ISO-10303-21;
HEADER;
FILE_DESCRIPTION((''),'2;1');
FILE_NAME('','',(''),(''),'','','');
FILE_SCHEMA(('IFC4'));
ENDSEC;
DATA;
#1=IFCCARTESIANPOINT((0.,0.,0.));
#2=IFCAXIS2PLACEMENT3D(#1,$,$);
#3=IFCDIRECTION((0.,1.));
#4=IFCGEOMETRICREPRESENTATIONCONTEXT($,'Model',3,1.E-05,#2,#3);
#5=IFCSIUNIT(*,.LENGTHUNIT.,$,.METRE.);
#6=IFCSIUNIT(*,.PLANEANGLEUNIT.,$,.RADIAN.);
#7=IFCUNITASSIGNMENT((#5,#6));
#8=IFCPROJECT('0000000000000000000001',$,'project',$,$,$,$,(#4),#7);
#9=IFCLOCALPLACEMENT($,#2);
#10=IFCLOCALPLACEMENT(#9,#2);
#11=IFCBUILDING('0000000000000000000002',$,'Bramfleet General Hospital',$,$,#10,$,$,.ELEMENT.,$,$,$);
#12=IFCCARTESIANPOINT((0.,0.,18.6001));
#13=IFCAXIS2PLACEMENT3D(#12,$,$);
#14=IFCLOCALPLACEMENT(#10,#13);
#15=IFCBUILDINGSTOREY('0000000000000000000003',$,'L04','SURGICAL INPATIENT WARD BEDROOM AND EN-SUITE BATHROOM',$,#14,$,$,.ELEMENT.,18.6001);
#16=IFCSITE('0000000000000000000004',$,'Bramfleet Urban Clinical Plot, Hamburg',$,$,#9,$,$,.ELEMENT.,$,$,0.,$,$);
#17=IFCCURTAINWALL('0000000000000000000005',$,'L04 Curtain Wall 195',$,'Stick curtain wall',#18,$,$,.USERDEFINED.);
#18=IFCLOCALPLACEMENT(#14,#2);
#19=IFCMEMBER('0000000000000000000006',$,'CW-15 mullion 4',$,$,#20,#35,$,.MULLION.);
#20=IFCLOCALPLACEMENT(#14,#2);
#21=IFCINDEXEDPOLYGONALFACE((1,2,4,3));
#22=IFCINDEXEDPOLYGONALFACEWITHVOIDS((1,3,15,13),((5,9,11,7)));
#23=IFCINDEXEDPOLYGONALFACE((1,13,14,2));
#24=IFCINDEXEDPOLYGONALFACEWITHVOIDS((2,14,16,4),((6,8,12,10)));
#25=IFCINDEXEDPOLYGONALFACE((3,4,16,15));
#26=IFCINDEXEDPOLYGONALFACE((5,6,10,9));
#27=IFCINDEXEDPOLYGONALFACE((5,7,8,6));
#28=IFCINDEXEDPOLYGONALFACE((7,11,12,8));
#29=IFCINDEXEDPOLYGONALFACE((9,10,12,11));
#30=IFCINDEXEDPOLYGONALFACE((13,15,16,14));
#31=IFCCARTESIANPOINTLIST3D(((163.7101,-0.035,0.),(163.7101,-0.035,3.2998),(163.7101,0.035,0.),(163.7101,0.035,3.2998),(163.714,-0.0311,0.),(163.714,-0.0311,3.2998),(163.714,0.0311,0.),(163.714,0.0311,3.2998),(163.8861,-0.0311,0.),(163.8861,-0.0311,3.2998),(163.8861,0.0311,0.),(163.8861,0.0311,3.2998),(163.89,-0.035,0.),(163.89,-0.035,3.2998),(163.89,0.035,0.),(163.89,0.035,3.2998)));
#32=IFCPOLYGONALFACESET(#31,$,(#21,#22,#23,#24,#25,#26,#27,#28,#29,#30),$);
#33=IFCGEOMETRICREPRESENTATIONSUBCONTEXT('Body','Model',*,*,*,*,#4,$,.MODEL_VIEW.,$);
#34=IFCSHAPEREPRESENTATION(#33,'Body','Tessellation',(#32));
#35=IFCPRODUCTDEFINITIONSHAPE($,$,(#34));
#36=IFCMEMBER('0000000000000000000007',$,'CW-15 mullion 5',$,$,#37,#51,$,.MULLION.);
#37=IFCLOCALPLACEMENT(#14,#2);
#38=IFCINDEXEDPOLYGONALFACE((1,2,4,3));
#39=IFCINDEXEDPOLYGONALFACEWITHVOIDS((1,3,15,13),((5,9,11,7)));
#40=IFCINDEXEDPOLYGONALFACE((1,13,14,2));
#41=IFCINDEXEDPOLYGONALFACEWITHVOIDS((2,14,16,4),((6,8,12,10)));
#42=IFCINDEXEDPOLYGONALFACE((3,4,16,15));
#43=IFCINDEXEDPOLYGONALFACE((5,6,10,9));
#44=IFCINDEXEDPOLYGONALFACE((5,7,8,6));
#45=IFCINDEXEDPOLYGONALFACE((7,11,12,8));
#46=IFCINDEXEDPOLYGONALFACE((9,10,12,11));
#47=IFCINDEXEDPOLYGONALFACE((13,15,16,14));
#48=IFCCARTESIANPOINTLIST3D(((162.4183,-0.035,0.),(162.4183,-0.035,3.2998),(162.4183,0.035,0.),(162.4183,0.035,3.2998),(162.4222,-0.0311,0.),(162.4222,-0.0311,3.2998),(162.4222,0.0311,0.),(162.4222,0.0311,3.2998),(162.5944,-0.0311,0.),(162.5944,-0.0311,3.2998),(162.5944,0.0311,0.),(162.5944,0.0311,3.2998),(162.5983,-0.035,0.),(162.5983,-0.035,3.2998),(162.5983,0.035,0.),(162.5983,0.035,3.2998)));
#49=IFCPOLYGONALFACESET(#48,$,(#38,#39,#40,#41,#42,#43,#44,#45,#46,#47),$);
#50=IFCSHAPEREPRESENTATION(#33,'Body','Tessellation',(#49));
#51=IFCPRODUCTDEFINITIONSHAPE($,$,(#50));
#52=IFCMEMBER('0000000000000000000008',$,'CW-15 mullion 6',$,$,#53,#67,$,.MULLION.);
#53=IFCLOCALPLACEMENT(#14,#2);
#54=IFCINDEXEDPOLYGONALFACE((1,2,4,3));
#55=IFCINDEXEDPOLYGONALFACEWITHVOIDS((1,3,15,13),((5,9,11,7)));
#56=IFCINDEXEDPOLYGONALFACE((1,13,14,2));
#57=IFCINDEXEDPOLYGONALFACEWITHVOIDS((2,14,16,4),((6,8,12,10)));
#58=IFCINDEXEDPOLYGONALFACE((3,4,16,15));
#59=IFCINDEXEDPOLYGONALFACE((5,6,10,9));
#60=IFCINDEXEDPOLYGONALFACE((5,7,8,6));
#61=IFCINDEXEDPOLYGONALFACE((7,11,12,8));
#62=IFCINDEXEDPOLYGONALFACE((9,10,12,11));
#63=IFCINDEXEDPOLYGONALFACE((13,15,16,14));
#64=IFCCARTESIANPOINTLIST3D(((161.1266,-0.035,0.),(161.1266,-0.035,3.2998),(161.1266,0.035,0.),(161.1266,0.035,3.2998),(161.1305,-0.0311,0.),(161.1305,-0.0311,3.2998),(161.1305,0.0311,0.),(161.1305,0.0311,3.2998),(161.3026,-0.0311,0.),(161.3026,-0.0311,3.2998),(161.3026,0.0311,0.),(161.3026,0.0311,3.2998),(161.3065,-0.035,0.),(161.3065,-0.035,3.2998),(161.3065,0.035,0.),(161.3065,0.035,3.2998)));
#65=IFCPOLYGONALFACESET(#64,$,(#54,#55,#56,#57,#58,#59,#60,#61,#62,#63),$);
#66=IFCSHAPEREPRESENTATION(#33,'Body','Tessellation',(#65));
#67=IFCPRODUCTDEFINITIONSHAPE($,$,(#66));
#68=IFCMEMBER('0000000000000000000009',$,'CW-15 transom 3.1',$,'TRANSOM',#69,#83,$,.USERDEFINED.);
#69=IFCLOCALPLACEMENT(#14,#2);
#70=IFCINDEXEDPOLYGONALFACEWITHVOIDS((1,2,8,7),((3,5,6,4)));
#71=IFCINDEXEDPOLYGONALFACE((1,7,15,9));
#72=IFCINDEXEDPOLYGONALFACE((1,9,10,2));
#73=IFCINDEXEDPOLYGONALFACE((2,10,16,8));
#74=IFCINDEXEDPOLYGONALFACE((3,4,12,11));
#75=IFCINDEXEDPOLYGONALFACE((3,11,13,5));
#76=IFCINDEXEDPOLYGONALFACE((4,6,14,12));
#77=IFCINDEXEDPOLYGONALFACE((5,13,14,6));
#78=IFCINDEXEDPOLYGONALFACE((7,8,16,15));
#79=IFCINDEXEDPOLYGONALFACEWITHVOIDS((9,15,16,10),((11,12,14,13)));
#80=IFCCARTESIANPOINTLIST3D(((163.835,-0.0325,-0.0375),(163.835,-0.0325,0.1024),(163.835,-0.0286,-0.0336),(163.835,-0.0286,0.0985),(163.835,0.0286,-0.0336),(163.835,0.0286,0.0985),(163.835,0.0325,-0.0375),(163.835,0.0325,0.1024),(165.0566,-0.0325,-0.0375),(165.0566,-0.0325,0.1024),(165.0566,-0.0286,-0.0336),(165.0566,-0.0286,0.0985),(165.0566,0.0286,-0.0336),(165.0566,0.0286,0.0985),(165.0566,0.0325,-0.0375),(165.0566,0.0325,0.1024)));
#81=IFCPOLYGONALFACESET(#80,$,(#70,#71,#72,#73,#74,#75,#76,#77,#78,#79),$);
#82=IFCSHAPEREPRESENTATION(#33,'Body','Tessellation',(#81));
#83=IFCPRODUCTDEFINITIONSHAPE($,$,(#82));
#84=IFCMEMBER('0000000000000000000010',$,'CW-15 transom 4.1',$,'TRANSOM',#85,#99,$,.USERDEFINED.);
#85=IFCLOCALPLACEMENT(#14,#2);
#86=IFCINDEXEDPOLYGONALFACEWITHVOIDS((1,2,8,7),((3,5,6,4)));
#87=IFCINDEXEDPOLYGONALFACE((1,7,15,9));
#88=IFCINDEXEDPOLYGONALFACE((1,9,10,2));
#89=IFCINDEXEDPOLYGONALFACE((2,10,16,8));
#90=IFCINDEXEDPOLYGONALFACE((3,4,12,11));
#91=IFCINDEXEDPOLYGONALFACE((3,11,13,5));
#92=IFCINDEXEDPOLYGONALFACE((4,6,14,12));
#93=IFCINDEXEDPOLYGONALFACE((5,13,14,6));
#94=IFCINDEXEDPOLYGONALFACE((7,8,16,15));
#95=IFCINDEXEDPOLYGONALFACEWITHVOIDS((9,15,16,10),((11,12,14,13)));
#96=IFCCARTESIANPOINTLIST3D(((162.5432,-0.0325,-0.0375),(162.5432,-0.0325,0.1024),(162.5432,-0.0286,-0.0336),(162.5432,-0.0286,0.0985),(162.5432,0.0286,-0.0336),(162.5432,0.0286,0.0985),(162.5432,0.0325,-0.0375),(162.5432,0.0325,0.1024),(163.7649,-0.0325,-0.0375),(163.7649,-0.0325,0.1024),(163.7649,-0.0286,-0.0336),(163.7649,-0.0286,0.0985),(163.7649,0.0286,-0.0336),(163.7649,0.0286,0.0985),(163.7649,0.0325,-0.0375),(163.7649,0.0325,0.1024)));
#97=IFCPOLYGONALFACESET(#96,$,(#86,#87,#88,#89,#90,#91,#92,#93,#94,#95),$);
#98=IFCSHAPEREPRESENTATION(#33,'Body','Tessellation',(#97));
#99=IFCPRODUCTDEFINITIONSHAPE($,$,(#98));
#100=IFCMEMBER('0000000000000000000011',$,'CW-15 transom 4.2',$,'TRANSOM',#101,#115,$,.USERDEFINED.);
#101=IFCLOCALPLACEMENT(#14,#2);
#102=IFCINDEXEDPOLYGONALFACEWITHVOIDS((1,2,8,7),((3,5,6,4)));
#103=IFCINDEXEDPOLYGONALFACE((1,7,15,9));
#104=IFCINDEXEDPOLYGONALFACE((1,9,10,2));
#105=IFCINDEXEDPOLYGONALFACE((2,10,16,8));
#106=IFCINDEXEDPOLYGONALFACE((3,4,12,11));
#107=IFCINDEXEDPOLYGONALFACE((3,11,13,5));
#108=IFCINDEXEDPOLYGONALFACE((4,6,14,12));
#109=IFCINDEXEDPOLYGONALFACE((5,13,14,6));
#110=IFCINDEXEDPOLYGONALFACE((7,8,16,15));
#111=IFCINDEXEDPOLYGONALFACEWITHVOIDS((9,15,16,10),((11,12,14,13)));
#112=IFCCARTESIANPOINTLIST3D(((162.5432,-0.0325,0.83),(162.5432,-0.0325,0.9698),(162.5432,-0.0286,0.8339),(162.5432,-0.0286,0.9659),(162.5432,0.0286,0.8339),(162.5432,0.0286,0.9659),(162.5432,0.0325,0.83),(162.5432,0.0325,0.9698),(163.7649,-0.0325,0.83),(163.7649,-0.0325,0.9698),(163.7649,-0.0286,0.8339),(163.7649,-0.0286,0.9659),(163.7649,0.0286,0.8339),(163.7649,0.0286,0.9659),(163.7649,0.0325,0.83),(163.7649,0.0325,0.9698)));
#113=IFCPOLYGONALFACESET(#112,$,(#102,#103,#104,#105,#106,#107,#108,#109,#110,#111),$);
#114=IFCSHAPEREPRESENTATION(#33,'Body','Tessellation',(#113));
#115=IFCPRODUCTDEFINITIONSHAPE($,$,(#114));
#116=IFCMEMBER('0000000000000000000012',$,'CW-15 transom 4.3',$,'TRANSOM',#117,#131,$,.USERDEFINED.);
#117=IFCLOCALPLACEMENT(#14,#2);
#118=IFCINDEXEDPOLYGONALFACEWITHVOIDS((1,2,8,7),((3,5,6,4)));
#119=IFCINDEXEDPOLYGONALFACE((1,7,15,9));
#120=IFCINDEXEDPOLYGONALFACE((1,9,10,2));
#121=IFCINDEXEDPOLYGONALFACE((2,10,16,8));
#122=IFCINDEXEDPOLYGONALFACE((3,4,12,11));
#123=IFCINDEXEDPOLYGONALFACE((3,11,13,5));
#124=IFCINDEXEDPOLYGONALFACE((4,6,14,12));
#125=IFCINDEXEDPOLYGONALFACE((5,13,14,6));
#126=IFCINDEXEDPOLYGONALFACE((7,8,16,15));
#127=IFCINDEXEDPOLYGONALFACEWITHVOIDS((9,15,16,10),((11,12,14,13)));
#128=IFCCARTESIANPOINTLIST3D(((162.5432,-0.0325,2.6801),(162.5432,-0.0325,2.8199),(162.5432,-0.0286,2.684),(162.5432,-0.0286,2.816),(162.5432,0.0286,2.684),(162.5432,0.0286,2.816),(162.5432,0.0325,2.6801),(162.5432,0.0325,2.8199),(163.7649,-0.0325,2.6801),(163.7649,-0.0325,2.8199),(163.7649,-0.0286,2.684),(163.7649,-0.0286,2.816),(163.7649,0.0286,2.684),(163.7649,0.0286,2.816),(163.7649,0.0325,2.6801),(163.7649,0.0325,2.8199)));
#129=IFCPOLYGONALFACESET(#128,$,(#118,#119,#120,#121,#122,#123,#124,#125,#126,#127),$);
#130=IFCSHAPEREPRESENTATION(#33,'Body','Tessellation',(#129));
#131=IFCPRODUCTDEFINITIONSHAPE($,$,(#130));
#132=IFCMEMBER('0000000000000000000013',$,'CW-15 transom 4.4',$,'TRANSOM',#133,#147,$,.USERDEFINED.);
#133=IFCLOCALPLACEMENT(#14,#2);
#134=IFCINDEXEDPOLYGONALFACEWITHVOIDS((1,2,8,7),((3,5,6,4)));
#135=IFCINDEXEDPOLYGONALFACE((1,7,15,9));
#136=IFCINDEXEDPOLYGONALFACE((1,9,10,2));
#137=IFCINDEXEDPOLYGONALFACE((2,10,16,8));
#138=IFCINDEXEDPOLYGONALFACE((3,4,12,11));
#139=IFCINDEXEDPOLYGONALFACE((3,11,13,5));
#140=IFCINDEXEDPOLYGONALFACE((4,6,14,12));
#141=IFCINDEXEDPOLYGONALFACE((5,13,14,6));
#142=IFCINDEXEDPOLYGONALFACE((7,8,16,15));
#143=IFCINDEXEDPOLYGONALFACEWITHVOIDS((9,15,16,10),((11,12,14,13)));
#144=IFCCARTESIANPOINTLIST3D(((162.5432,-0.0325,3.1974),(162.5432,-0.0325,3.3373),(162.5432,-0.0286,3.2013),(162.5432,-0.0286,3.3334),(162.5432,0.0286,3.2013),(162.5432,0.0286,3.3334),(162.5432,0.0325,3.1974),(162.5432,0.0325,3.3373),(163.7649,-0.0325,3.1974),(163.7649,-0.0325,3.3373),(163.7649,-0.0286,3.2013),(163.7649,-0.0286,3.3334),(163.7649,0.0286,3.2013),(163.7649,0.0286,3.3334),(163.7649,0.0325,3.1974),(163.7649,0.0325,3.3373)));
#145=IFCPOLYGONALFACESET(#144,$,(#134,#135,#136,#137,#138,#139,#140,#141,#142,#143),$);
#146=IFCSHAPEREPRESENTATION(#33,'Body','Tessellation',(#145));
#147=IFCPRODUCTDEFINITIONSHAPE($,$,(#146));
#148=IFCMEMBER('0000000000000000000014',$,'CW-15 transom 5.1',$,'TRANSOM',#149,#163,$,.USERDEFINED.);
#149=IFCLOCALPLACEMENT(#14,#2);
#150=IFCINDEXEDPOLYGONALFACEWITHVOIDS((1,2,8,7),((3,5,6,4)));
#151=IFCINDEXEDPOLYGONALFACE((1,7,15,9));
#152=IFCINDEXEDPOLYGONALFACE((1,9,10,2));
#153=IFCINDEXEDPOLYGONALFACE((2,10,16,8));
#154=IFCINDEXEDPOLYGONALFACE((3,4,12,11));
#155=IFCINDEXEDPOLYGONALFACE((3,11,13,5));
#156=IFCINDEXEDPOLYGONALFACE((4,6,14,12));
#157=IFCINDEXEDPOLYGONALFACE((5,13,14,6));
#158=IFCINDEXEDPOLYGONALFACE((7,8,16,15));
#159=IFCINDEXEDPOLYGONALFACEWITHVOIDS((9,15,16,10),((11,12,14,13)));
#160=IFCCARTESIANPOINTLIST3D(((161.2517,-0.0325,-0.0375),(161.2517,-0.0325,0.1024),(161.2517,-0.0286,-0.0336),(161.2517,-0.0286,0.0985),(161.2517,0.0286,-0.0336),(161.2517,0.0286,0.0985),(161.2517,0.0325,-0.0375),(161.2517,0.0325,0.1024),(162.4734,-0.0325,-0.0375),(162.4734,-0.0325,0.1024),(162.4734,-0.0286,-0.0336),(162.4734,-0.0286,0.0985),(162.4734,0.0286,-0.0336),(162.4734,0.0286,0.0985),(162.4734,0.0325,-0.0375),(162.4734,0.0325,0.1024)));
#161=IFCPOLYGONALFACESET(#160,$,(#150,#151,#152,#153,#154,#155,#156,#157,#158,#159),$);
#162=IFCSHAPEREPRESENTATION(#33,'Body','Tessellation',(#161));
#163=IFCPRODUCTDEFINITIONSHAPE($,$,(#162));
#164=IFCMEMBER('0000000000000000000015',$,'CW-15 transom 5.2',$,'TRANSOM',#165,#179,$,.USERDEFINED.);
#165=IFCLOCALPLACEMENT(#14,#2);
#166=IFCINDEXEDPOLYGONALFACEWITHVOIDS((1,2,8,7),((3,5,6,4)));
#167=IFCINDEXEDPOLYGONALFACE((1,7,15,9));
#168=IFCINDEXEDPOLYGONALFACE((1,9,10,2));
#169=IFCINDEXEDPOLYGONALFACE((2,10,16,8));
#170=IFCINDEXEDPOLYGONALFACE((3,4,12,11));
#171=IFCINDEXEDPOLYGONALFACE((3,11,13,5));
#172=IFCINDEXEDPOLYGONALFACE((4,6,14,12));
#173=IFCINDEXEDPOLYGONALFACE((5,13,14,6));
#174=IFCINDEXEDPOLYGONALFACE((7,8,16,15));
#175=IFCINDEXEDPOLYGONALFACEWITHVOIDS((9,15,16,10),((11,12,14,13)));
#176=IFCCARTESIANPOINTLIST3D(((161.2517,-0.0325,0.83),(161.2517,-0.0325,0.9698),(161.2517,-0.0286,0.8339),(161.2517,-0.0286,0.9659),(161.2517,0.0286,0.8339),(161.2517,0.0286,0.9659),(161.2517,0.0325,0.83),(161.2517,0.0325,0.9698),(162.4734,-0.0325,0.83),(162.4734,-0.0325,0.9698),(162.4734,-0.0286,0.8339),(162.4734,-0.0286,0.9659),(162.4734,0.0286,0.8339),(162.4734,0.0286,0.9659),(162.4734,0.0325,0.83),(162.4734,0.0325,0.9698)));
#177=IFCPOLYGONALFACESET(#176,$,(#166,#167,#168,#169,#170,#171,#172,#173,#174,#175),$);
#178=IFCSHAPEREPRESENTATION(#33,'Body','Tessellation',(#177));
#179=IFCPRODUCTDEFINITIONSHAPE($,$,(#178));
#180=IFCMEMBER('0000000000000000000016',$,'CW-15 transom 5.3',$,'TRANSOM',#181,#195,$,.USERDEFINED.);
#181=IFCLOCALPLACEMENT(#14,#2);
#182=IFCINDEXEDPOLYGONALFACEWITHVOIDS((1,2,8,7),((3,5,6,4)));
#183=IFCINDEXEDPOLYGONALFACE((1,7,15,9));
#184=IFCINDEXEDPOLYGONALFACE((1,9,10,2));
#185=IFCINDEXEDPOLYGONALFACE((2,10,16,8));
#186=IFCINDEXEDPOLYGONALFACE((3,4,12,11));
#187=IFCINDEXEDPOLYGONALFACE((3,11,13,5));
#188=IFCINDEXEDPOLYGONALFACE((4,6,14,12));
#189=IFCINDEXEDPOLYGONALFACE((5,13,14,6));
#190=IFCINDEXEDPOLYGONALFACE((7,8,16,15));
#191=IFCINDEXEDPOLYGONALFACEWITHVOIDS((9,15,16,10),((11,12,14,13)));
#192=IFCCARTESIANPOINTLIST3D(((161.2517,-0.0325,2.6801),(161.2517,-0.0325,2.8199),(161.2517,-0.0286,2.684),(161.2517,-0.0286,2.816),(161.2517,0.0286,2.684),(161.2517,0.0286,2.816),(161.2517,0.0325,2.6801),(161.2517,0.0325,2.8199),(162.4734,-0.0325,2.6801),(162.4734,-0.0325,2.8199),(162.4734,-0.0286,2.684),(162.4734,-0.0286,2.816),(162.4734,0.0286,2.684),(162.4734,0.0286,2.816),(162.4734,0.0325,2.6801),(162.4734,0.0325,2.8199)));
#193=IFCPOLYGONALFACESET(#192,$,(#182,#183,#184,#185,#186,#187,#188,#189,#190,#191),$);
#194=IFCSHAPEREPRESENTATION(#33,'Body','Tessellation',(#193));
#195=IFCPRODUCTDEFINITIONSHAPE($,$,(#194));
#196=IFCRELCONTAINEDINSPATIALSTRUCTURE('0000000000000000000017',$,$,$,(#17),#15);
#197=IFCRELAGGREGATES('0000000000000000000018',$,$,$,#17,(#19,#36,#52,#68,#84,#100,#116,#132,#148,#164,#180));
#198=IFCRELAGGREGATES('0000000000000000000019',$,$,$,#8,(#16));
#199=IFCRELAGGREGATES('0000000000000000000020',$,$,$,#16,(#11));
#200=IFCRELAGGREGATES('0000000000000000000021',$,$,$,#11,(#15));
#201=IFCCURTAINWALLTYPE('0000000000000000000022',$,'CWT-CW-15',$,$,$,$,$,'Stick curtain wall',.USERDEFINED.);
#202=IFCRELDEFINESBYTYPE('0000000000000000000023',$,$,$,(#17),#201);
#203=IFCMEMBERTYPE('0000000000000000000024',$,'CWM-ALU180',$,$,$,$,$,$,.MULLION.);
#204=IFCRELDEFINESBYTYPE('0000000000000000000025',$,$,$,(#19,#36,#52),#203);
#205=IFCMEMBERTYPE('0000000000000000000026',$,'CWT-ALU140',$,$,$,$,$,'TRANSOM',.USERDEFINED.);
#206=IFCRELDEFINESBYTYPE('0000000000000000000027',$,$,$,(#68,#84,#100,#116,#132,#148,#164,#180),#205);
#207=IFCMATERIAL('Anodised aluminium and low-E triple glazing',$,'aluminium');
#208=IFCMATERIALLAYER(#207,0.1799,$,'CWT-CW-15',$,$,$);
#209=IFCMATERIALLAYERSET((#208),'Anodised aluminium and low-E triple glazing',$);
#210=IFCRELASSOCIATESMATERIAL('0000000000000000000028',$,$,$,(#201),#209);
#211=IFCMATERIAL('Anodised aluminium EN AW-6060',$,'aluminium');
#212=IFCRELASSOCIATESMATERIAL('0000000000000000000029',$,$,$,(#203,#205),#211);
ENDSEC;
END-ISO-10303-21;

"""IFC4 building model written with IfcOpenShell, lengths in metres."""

from ifc_helpers import new_model, si_unit, direction, frame, origin, origin_2d, place, context, subcontext, project, spatial, hollow_rectangle, extrude, material, layer, layer_set, material_profile, profile_set, type_object, element, aggregate, save


model = new_model("IFC4")

# Units and contexts
model_context = context("Model", 3, precision=1e-05, world=origin(), true_north=direction((0.0, 1.0)))
body_context = subcontext(model_context, "Body", "Model", "MODEL_VIEW")
ifc_project = project(units=[si_unit("LENGTHUNIT", "METRE"), si_unit("PLANEANGLEUNIT", "RADIAN")], contexts=[model_context])

# Site, building, storey
site_placement = place(None, origin())
site = spatial("IfcSite", under=ifc_project, at=site_placement, Name="Bramfleet Urban Clinical Plot, Hamburg", CompositionType="ELEMENT", RefElevation=0.0)
building_placement = place(site_placement, origin())
building = spatial("IfcBuilding", under=site, at=building_placement, Name="Bramfleet General Hospital", CompositionType="ELEMENT")
storey_placement = place(building_placement, frame((0.0, 0.0, 18.6001)))
storey = spatial("IfcBuildingStorey", under=building, at=storey_placement, Name="L04", Description="SURGICAL INPATIENT WARD BEDROOM AND EN-SUITE BATHROOM", CompositionType="ELEMENT", Elevation=18.6001)

# Curtain wall, members
ifc_material_1 = material(Name="Anodised aluminium and low-E triple glazing", Category="aluminium")
ifc_layer_1 = layer(ifc_material_1, 0.1799, Name="CWT-CW-15")
ifc_layer_set_1 = layer_set([ifc_layer_1], Name="Anodised aluminium and low-E triple glazing")
curtain_wall_type = type_object("IfcCurtainWallType", Name="CWT-CW-15", ElementType="Stick curtain wall", PredefinedType="USERDEFINED", material=ifc_layer_set_1)
curtain_wall_placement = place(storey_placement, origin())
curtain_wall = element("IfcCurtainWall", 1, at=curtain_wall_placement, inside=storey, type_object=curtain_wall_type, Name="L04 Curtain Wall 195", ObjectType="Stick curtain wall", PredefinedType="USERDEFINED")
ifc_material_2 = material(Name="Anodised aluminium EN AW-6060", Category="aluminium")
ifc_material_profile_1 = material_profile(ifc_material_2, hollow_rectangle(XDim=0.0701, YDim=0.1799, WallThickness=0.0039, at=origin_2d()), Name="ALU 180x70x4.0")
ifc_profile_set_1 = profile_set([ifc_material_profile_1], Name="Anodised aluminium EN AW-6060")
member_type_1 = type_object("IfcMemberType", Name="CWM-ALU180", PredefinedType="MULLION", material=ifc_profile_set_1)
member_1_placement = place(storey_placement, frame((163.8, 0.0, 0.0), z_axis=(0.0, 0.0, 1.0), x_axis=(0.0, -1.0, 0.0)))
member_1 = element("IfcMember", 2, at=member_1_placement, type_object=member_type_1, Name="CW-15 mullion 4", PredefinedType="MULLION", context=body_context, shape_type="SweptSolid", body=[
    extrude(hollow_rectangle(XDim=0.0701, YDim=0.1799, WallThickness=0.0039, at=origin_2d()), origin(), (0.0, 0.0, 1.0), 3.2998),
])
member_2_placement = place(storey_placement, frame((162.5083, 0.0, 0.0), z_axis=(0.0, 0.0, 1.0), x_axis=(0.0, -1.0, 0.0)))
member_2 = element("IfcMember", 3, at=member_2_placement, type_object=member_type_1, Name="CW-15 mullion 5", PredefinedType="MULLION", context=body_context, shape_type="SweptSolid", body=[
    extrude(hollow_rectangle(XDim=0.0701, YDim=0.1799, WallThickness=0.0039, at=origin_2d()), origin(), (0.0, 0.0, 1.0), 3.2998),
])
member_3_placement = place(storey_placement, frame((161.2166, 0.0, 0.0), z_axis=(0.0, 0.0, 1.0), x_axis=(0.0, -1.0, 0.0)))
member_3 = element("IfcMember", 4, at=member_3_placement, type_object=member_type_1, Name="CW-15 mullion 6", PredefinedType="MULLION", context=body_context, shape_type="SweptSolid", body=[
    extrude(hollow_rectangle(XDim=0.0701, YDim=0.1799, WallThickness=0.0039, at=origin_2d()), origin(), (0.0, 0.0, 1.0), 3.2998),
])
ifc_material_profile_2 = material_profile(ifc_material_2, hollow_rectangle(XDim=0.0649, YDim=0.1399, WallThickness=0.0039, at=origin_2d()), Name="ALU 140x65x4.0")
ifc_profile_set_2 = profile_set([ifc_material_profile_2], Name="Anodised aluminium EN AW-6060")
member_type_2 = type_object("IfcMemberType", Name="CWT-ALU140", ElementType="TRANSOM", PredefinedType="USERDEFINED", material=ifc_profile_set_2)
member_4_placement = place(storey_placement, frame((165.0566, 0.0, 0.0325), z_axis=(-1.0, 0.0, 0.0), x_axis=(0.0, -1.0, 0.0)))
member_4 = element("IfcMember", 5, at=member_4_placement, type_object=member_type_2, Name="CW-15 transom 3.1", ObjectType="TRANSOM", PredefinedType="USERDEFINED", context=body_context, shape_type="SweptSolid", body=[
    extrude(hollow_rectangle(XDim=0.0649, YDim=0.1399, WallThickness=0.0039, at=origin_2d()), origin(), (0.0, 0.0, 1.0), 1.2217),
])
member_5_placement = place(storey_placement, frame((163.7649, 0.0, 0.0325), z_axis=(-1.0, 0.0, 0.0), x_axis=(0.0, -1.0, 0.0)))
member_5 = element("IfcMember", 6, at=member_5_placement, type_object=member_type_2, Name="CW-15 transom 4.1", ObjectType="TRANSOM", PredefinedType="USERDEFINED", context=body_context, shape_type="SweptSolid", body=[
    extrude(hollow_rectangle(XDim=0.0649, YDim=0.1399, WallThickness=0.0039, at=origin_2d()), origin(), (0.0, 0.0, 1.0), 1.2217),
])
member_6_placement = place(storey_placement, frame((163.7649, 0.0, 0.8999), z_axis=(-1.0, 0.0, 0.0), x_axis=(0.0, -1.0, 0.0)))
member_6 = element("IfcMember", 7, at=member_6_placement, type_object=member_type_2, Name="CW-15 transom 4.2", ObjectType="TRANSOM", PredefinedType="USERDEFINED", context=body_context, shape_type="SweptSolid", body=[
    extrude(hollow_rectangle(XDim=0.0649, YDim=0.1399, WallThickness=0.0039, at=origin_2d()), origin(), (0.0, 0.0, 1.0), 1.2217),
])
member_7_placement = place(storey_placement, frame((163.7649, 0.0, 2.75), z_axis=(-1.0, 0.0, 0.0), x_axis=(0.0, -1.0, 0.0)))
member_7 = element("IfcMember", 8, at=member_7_placement, type_object=member_type_2, Name="CW-15 transom 4.3", ObjectType="TRANSOM", PredefinedType="USERDEFINED", context=body_context, shape_type="SweptSolid", body=[
    extrude(hollow_rectangle(XDim=0.0649, YDim=0.1399, WallThickness=0.0039, at=origin_2d()), origin(), (0.0, 0.0, 1.0), 1.2217),
])
member_8_placement = place(storey_placement, frame((163.7649, 0.0, 3.2673), z_axis=(-1.0, 0.0, 0.0), x_axis=(0.0, -1.0, 0.0)))
member_8 = element("IfcMember", 9, at=member_8_placement, type_object=member_type_2, Name="CW-15 transom 4.4", ObjectType="TRANSOM", PredefinedType="USERDEFINED", context=body_context, shape_type="SweptSolid", body=[
    extrude(hollow_rectangle(XDim=0.0649, YDim=0.1399, WallThickness=0.0039, at=origin_2d()), origin(), (0.0, 0.0, 1.0), 1.2217),
])
member_9_placement = place(storey_placement, frame((162.4734, 0.0, 0.0325), z_axis=(-1.0, 0.0, 0.0), x_axis=(0.0, -1.0, 0.0)))
member_9 = element("IfcMember", 10, at=member_9_placement, type_object=member_type_2, Name="CW-15 transom 5.1", ObjectType="TRANSOM", PredefinedType="USERDEFINED", context=body_context, shape_type="SweptSolid", body=[
    extrude(hollow_rectangle(XDim=0.0649, YDim=0.1399, WallThickness=0.0039, at=origin_2d()), origin(), (0.0, 0.0, 1.0), 1.2217),
])
member_10_placement = place(storey_placement, frame((162.4734, 0.0, 0.8999), z_axis=(-1.0, 0.0, 0.0), x_axis=(0.0, -1.0, 0.0)))
member_10 = element("IfcMember", 11, at=member_10_placement, type_object=member_type_2, Name="CW-15 transom 5.2", ObjectType="TRANSOM", PredefinedType="USERDEFINED", context=body_context, shape_type="SweptSolid", body=[
    extrude(hollow_rectangle(XDim=0.0649, YDim=0.1399, WallThickness=0.0039, at=origin_2d()), origin(), (0.0, 0.0, 1.0), 1.2217),
])
member_11_placement = place(storey_placement, frame((162.4734, 0.0, 2.75), z_axis=(-1.0, 0.0, 0.0), x_axis=(0.0, -1.0, 0.0)))
member_11 = element("IfcMember", 12, at=member_11_placement, type_object=member_type_2, Name="CW-15 transom 5.3", ObjectType="TRANSOM", PredefinedType="USERDEFINED", context=body_context, shape_type="SweptSolid", body=[
    extrude(hollow_rectangle(XDim=0.0649, YDim=0.1399, WallThickness=0.0039, at=origin_2d()), origin(), (0.0, 0.0, 1.0), 1.2217),
])
aggregate(curtain_wall, [member_1, member_2, member_3, member_4, member_5, member_6, member_7, member_8, member_9, member_10, member_11])

save(model, "model.ifc")
